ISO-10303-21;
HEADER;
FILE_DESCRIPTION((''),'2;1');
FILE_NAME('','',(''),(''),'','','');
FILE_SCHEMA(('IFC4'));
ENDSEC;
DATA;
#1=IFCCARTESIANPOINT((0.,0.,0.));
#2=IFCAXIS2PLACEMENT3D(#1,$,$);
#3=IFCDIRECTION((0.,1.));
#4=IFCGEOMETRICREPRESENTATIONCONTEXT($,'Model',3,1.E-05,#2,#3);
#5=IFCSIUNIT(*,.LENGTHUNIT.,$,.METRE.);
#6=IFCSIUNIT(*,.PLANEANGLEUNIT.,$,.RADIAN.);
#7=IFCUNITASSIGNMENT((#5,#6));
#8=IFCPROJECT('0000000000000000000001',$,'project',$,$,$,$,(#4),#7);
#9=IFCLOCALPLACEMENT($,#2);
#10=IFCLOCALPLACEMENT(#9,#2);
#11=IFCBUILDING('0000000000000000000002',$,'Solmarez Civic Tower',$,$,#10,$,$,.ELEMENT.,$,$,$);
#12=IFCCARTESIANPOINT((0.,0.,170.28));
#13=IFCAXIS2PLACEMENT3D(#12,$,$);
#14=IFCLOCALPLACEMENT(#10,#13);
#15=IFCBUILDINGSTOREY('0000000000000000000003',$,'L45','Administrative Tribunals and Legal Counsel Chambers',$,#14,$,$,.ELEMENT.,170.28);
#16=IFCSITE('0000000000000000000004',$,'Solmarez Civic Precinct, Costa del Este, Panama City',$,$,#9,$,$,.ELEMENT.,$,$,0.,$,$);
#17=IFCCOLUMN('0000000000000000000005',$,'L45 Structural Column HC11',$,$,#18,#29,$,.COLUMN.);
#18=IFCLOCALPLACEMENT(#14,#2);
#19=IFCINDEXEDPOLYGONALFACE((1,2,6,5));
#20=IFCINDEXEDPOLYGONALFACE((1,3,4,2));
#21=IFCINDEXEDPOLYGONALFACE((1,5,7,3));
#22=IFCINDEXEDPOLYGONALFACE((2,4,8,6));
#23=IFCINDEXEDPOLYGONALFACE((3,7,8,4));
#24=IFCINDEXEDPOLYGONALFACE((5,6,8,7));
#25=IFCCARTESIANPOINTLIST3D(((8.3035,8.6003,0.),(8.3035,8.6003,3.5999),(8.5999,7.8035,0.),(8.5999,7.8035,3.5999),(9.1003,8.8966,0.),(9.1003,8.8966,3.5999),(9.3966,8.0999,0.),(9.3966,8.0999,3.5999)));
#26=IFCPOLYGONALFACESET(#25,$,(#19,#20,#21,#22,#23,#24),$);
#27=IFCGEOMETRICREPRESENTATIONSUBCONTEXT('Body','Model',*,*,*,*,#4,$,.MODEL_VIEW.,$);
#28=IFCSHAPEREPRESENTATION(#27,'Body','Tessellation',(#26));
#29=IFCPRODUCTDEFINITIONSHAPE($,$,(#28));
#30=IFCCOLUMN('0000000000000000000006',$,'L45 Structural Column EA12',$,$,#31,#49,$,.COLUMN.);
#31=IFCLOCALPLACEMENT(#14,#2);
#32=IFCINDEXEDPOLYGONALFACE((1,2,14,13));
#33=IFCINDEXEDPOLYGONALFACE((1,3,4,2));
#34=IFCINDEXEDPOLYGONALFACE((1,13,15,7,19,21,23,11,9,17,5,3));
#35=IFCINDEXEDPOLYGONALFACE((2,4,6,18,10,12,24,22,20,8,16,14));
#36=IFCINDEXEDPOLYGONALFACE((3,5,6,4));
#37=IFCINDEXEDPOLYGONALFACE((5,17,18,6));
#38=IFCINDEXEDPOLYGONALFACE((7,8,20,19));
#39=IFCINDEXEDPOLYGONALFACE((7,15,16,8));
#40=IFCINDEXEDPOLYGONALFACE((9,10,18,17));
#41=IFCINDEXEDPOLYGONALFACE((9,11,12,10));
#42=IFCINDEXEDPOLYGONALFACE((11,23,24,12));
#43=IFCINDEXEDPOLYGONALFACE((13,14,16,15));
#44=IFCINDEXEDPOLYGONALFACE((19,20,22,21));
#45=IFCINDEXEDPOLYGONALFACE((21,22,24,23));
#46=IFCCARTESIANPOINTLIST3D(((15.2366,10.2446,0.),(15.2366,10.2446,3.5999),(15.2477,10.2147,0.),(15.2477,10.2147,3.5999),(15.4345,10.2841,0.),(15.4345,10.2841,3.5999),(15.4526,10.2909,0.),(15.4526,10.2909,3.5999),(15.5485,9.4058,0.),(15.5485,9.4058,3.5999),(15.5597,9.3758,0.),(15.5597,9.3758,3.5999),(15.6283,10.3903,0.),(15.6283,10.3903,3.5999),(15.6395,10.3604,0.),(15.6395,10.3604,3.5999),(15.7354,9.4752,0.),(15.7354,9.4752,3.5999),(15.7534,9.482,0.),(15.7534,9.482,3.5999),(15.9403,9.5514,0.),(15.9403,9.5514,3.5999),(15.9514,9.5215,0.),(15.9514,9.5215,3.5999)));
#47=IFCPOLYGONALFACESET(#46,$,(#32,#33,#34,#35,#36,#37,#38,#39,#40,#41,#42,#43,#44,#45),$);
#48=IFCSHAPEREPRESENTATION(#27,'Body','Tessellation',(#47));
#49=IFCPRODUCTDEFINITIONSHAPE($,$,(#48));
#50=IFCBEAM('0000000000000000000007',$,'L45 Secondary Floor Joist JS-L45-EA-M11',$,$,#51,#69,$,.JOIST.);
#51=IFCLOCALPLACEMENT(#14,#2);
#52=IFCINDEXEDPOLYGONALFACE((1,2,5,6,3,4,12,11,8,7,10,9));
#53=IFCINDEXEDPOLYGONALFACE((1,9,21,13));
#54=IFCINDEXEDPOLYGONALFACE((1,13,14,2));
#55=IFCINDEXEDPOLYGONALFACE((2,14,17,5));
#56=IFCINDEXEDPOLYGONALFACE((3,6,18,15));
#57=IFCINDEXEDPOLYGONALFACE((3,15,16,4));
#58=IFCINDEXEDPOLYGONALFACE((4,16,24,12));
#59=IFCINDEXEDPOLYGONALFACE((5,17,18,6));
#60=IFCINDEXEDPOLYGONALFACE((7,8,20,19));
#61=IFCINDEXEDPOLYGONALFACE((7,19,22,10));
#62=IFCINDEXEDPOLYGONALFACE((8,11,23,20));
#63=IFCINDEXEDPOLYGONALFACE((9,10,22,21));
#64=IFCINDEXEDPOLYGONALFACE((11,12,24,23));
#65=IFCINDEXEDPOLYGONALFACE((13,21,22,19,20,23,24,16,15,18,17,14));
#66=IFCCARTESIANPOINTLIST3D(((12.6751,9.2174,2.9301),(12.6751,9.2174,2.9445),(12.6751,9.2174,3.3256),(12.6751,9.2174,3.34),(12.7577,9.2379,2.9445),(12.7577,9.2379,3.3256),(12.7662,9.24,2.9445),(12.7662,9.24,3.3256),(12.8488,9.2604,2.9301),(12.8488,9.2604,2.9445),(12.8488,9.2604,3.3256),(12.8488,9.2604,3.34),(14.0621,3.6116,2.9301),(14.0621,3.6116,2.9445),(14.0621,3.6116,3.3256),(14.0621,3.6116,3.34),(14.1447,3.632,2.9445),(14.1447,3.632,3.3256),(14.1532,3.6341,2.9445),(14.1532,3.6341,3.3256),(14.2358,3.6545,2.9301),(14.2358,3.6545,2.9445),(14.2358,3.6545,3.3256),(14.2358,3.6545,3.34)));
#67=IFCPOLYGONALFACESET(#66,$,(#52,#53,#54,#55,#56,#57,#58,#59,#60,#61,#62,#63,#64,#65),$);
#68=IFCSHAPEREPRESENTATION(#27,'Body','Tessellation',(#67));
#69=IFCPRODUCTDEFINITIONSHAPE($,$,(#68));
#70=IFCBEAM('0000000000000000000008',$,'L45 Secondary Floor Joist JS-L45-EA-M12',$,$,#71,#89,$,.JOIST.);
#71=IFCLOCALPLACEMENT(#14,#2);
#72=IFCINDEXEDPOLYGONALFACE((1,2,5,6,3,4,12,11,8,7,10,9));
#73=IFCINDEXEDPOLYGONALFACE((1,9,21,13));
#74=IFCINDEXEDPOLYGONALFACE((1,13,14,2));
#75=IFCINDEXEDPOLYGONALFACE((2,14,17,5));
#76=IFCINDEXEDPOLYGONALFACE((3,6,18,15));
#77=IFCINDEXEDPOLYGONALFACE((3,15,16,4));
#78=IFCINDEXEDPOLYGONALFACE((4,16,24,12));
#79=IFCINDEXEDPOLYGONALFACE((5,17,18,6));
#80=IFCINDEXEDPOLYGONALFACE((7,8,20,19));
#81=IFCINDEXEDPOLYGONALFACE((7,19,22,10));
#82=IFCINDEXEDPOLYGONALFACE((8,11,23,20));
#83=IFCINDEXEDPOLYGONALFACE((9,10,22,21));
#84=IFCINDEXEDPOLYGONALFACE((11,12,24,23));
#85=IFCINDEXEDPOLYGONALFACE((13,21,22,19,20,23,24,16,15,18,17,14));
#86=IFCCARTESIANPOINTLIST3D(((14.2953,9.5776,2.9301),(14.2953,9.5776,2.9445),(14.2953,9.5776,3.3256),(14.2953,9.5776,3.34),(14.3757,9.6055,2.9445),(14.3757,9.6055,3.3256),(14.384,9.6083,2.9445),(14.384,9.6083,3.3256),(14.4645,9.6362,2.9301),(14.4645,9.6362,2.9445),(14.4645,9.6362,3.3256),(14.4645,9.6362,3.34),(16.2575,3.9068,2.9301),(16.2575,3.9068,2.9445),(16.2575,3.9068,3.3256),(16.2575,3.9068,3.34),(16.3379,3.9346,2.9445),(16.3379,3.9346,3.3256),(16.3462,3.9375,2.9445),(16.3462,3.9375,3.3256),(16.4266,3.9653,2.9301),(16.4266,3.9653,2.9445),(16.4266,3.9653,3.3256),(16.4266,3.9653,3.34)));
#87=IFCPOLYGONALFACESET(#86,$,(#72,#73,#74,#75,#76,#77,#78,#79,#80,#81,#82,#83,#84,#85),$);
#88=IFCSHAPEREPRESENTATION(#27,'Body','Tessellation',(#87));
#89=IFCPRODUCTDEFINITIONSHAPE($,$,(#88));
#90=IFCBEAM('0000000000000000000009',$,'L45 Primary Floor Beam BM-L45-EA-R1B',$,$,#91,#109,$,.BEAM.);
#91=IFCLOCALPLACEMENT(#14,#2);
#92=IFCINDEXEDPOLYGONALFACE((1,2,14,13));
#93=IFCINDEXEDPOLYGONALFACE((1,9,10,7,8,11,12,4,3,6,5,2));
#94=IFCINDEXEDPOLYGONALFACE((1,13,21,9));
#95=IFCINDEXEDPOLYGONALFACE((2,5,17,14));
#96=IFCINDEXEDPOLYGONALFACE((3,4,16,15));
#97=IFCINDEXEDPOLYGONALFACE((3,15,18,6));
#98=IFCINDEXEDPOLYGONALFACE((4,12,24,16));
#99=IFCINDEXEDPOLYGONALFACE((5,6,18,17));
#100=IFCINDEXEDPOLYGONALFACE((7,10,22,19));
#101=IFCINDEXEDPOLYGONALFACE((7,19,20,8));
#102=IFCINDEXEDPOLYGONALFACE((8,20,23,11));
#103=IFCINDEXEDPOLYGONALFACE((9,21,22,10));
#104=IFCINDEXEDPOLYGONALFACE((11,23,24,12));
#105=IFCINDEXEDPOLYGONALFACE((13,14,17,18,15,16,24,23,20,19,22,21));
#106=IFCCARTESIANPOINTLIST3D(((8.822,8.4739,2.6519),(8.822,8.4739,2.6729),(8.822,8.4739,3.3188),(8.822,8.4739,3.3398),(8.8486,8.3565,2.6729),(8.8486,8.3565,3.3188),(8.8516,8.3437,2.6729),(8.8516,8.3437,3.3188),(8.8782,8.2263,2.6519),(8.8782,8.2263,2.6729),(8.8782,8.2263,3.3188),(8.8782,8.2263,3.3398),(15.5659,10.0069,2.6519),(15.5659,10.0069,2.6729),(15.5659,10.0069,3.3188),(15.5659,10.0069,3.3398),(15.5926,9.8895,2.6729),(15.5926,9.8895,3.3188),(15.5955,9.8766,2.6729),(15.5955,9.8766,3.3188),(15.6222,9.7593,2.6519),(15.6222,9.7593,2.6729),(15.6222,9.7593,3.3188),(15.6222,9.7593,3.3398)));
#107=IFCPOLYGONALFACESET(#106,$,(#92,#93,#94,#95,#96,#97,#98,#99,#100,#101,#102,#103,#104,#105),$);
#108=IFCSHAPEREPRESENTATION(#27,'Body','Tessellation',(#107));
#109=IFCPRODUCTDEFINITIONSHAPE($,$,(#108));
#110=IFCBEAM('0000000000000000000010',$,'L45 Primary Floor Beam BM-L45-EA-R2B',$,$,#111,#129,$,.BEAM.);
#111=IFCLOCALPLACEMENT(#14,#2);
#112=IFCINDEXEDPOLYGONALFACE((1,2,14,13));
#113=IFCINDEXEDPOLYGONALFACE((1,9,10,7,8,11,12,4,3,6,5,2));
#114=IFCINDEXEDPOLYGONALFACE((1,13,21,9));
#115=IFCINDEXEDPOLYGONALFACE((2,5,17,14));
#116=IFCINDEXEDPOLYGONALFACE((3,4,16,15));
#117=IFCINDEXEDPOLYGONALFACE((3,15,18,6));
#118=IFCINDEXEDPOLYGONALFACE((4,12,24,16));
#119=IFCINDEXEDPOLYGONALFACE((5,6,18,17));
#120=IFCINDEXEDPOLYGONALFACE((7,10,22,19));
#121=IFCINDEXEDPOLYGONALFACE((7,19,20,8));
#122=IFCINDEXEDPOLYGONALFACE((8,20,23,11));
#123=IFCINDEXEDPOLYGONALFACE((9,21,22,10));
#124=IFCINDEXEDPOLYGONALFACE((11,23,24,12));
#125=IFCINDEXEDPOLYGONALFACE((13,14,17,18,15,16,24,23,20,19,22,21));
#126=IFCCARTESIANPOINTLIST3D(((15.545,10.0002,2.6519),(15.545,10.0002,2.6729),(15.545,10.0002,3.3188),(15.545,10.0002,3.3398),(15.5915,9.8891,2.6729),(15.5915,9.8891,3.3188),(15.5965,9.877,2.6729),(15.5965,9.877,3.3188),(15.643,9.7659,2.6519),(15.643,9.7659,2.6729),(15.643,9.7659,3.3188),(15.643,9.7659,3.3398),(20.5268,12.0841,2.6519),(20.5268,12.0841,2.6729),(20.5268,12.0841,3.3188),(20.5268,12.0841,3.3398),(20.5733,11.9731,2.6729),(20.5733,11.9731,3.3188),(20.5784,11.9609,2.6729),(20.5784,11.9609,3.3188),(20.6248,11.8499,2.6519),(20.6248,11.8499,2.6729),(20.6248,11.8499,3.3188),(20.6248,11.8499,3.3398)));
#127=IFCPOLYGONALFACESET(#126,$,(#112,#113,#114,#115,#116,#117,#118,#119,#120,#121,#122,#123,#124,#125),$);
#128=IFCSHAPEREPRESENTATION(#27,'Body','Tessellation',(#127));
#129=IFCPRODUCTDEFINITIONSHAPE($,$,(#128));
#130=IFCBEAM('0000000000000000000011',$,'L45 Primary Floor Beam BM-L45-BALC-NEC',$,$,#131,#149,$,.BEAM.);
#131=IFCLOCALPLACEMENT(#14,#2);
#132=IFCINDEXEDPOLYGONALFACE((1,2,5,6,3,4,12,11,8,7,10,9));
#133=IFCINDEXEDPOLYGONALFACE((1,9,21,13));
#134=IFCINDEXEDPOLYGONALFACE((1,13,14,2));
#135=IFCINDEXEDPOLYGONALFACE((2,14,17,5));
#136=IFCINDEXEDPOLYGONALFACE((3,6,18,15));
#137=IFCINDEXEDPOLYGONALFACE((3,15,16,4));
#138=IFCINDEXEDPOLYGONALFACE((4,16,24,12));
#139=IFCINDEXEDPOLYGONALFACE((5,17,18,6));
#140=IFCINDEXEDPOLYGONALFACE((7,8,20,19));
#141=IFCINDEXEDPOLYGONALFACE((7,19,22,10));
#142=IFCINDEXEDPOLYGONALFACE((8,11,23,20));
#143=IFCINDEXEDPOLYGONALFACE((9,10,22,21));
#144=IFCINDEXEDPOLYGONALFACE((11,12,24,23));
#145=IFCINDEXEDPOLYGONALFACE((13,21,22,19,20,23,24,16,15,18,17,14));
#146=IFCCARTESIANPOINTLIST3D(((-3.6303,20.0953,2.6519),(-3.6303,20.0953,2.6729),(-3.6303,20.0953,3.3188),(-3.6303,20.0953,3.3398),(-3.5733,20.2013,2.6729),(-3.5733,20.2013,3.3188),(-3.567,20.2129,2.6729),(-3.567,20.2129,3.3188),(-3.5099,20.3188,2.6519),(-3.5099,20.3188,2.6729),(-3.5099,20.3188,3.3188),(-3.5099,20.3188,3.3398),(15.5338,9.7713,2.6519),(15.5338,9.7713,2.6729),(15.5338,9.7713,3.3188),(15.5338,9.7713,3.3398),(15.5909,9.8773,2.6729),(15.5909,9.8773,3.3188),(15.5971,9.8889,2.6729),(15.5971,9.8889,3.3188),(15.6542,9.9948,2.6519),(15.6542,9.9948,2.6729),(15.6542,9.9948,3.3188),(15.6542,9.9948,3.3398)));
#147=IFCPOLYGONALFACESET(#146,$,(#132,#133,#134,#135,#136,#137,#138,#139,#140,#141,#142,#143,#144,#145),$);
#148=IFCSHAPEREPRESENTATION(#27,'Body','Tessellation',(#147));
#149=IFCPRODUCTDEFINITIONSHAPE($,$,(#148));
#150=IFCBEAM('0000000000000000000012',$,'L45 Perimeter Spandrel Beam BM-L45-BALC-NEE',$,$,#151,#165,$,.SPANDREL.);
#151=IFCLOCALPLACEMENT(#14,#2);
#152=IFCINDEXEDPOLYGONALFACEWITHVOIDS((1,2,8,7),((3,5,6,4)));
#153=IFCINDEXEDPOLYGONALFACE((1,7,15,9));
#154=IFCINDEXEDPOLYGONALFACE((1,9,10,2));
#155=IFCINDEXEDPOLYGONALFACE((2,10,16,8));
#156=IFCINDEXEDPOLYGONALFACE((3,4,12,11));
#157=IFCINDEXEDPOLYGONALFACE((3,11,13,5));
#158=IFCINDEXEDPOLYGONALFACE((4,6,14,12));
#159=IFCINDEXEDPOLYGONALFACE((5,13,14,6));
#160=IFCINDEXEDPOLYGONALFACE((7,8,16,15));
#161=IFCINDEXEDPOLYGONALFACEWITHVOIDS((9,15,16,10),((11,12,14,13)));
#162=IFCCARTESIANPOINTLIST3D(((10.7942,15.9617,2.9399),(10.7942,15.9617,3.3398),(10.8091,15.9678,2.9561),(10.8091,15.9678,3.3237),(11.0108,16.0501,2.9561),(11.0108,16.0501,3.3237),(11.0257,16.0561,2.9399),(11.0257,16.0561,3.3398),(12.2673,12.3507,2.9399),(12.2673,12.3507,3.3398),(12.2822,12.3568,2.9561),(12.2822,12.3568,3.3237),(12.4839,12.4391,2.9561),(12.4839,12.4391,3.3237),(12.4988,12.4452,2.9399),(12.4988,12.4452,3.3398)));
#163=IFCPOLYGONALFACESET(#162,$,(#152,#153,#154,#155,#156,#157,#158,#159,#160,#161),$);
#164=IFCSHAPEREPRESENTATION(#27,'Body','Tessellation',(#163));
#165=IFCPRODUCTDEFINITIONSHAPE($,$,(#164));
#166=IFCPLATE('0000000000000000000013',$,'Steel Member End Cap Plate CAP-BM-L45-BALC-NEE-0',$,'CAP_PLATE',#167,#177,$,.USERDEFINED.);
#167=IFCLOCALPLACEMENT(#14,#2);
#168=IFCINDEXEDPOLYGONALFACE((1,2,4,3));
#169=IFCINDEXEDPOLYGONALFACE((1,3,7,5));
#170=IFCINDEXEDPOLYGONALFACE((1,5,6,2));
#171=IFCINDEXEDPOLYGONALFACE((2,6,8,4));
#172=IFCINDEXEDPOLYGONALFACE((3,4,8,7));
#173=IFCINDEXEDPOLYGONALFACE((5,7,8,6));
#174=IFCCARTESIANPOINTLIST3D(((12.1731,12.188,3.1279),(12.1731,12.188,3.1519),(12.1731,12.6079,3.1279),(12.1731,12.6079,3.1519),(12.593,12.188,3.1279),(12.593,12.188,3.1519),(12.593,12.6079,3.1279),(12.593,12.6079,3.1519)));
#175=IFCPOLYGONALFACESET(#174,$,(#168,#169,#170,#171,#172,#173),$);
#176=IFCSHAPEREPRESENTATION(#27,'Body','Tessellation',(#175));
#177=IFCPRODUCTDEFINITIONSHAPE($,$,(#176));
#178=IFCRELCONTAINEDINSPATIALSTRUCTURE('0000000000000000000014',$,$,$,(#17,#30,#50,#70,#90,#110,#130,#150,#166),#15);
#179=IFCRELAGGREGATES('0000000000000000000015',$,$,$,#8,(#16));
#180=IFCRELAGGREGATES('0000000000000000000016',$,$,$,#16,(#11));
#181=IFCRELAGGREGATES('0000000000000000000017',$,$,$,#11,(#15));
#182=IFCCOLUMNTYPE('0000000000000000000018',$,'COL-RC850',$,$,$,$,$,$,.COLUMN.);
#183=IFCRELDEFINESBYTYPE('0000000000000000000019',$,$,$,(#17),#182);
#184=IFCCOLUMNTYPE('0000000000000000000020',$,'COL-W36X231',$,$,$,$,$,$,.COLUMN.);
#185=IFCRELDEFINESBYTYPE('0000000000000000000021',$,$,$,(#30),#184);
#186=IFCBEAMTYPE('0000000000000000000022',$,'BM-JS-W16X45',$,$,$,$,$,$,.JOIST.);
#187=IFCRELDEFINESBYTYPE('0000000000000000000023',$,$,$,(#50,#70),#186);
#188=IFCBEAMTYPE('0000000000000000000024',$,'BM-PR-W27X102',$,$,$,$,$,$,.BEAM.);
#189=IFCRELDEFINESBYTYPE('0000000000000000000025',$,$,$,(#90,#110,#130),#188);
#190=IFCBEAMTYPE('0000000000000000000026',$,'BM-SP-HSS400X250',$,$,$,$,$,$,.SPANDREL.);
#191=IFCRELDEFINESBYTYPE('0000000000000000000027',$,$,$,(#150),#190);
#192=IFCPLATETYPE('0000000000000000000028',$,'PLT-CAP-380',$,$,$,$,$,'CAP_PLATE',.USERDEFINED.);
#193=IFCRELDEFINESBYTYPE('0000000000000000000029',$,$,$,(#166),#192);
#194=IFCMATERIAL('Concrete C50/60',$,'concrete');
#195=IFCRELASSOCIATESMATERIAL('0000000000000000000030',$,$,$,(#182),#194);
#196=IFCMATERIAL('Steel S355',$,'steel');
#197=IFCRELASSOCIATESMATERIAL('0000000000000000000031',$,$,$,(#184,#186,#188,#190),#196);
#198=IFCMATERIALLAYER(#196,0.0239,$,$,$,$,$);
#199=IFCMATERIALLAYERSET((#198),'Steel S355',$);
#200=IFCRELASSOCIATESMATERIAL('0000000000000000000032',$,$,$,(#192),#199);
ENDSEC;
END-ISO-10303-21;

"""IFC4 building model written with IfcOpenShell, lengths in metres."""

from ifc_helpers import new_model, si_unit, direction, frame, origin, origin_2d, place, context, subcontext, project, spatial, rectangle, hollow_rectangle, i_section, extrude, material, layer, layer_set, material_profile, profile_set, type_object, element, save


model = new_model("IFC4")

# Units and contexts
model_context = context("Model", 3, precision=1e-05, world=origin(), true_north=direction((0.0, 1.0)))
body_context = subcontext(model_context, "Body", "Model", "MODEL_VIEW")
ifc_project = project(units=[si_unit("LENGTHUNIT", "METRE"), si_unit("PLANEANGLEUNIT", "RADIAN")], contexts=[model_context])

# Site, building, storey
site_placement = place(None, origin())
site = spatial("IfcSite", under=ifc_project, at=site_placement, Name="Solmarez Civic Precinct, Costa del Este, Panama City", CompositionType="ELEMENT", RefElevation=0.0)
building_placement = place(site_placement, origin())
building = spatial("IfcBuilding", under=site, at=building_placement, Name="Solmarez Civic Tower", CompositionType="ELEMENT")
storey_placement = place(building_placement, frame((0.0, 0.0, 170.28)))
storey = spatial("IfcBuildingStorey", under=building, at=storey_placement, Name="L45", Description="Administrative Tribunals and Legal Counsel Chambers", CompositionType="ELEMENT", Elevation=170.28)

# Columns
ifc_material_1 = material(Name="Concrete C50/60", Category="concrete")
ifc_material_profile_1 = material_profile(ifc_material_1, rectangle(XDim=0.8501, YDim=0.8501, at=origin_2d()), Name="RC850X850")
ifc_profile_set_1 = profile_set([ifc_material_profile_1], Name="Concrete C50/60")
column_type_1 = type_object("IfcColumnType", Name="COL-RC850", PredefinedType="COLUMN", material=ifc_profile_set_1)
column_1_placement = place(storey_placement, frame((8.8501, 8.3501, 0.0), z_axis=(0.0, 0.0, 1.0), x_axis=(0.937282, 0.348572, 0.0)))
element("IfcColumn", 1, at=column_1_placement, inside=storey, type_object=column_type_1, Name="L45 Structural Column HC11", PredefinedType="COLUMN", context=body_context, shape_type="SweptSolid", body=[
    extrude(rectangle(XDim=0.8501, YDim=0.8501, at=origin_2d()), origin(), (0.0, 0.0, 1.0), 3.5999),
])
ifc_material_2 = material(Name="Steel S355", Category="steel")
ifc_material_profile_2 = material_profile(ifc_material_2, i_section(OverallWidth=0.418, OverallDepth=0.927, WebThickness=0.0193, FlangeThickness=0.032, at=origin_2d()), Name="W36X231")
ifc_profile_set_2 = profile_set([ifc_material_profile_2], Name="Steel S355")
column_type_2 = type_object("IfcColumnType", Name="COL-W36X231", PredefinedType="COLUMN", material=ifc_profile_set_2)
column_2_placement = place(storey_placement, frame((15.594, 9.8831, 0.0), z_axis=(0.0, 0.0, 1.0), x_axis=(0.937282, 0.348572, 0.0)))
element("IfcColumn", 2, at=column_2_placement, inside=storey, type_object=column_type_2, Name="L45 Structural Column EA12", PredefinedType="COLUMN", context=body_context, shape_type="SweptSolid", body=[
    extrude(i_section(OverallWidth=0.418, OverallDepth=0.927, WebThickness=0.0193, FlangeThickness=0.032, at=origin_2d()), origin(), (0.0, 0.0, 1.0), 3.5999),
])

# Beams
ifc_material_profile_3 = material_profile(ifc_material_2, i_section(OverallWidth=0.179, OverallDepth=0.4099, WebThickness=0.0088, FlangeThickness=0.0144, at=origin_2d()), Name="W16X45")
ifc_profile_set_3 = profile_set([ifc_material_profile_3], Name="Steel S355")
beam_type_1 = type_object("IfcBeamType", Name="BM-JS-W16X45", PredefinedType="JOIST", material=ifc_profile_set_3)
beam_1_placement = place(storey_placement, frame((14.1489, 3.6331, 3.135), z_axis=(-0.240167, 0.970731, 0.0), x_axis=(-0.970731, -0.240167, 0.0)))
element("IfcBeam", 3, at=beam_1_placement, inside=storey, type_object=beam_type_1, Name="L45 Secondary Floor Joist JS-L45-EA-M11", PredefinedType="JOIST", context=body_context, shape_type="SweptSolid", body=[
    extrude(i_section(OverallWidth=0.179, OverallDepth=0.4099, WebThickness=0.0088, FlangeThickness=0.0144, at=origin_2d()), origin(), (0.0, 0.0, 1.0), 5.7749),
])
beam_2_placement = place(storey_placement, frame((16.342, 3.936, 3.135), z_axis=(-0.326985, 0.94503, 0.0), x_axis=(-0.94503, -0.326985, 0.0)))
element("IfcBeam", 4, at=beam_2_placement, inside=storey, type_object=beam_type_1, Name="L45 Secondary Floor Joist JS-L45-EA-M12", PredefinedType="JOIST", context=body_context, shape_type="SweptSolid", body=[
    extrude(i_section(OverallWidth=0.179, OverallDepth=0.4099, WebThickness=0.0088, FlangeThickness=0.0144, at=origin_2d()), origin(), (0.0, 0.0, 1.0), 6.0007),
])
ifc_material_profile_4 = material_profile(ifc_material_2, i_section(OverallWidth=0.2539, OverallDepth=0.688, WebThickness=0.0132, FlangeThickness=0.021, at=origin_2d()), Name="W27X102")
ifc_profile_set_4 = profile_set([ifc_material_profile_4], Name="Steel S355")
beam_type_2 = type_object("IfcBeamType", Name="BM-PR-W27X102", PredefinedType="BEAM", material=ifc_profile_set_4)
beam_3_placement = place(storey_placement, frame((8.8501, 8.3501, 2.9958), z_axis=(0.975125, 0.221656, 0.0), x_axis=(-0.221656, 0.975125, 0.0)))
element("IfcBeam", 5, at=beam_3_placement, inside=storey, type_object=beam_type_2, Name="L45 Primary Floor Beam BM-L45-EA-R1B", PredefinedType="BEAM", context=body_context, shape_type="SweptSolid", body=[
    extrude(i_section(OverallWidth=0.2539, OverallDepth=0.688, WebThickness=0.0132, FlangeThickness=0.021, at=origin_2d()), origin(), (0.0, 0.0, 1.0), 6.916),
])
beam_4_placement = place(storey_placement, frame((15.594, 9.8831, 2.9958), z_axis=(0.922538, 0.385905, 0.0), x_axis=(-0.385905, 0.922538, 0.0)))
element("IfcBeam", 6, at=beam_4_placement, inside=storey, type_object=beam_type_2, Name="L45 Primary Floor Beam BM-L45-EA-R2B", PredefinedType="BEAM", context=body_context, shape_type="SweptSolid", body=[
    extrude(i_section(OverallWidth=0.2539, OverallDepth=0.688, WebThickness=0.0132, FlangeThickness=0.021, at=origin_2d()), origin(), (0.0, 0.0, 1.0), 5.4001),
])
beam_5_placement = place(storey_placement, frame((15.594, 9.8831, 2.9958), z_axis=(-0.880378, 0.474273, 0.0), x_axis=(-0.474273, -0.880378, 0.0)))
element("IfcBeam", 7, at=beam_5_placement, inside=storey, type_object=beam_type_2, Name="L45 Primary Floor Beam BM-L45-BALC-NEC", PredefinedType="BEAM", context=body_context, shape_type="SweptSolid", body=[
    extrude(i_section(OverallWidth=0.2539, OverallDepth=0.688, WebThickness=0.0132, FlangeThickness=0.021, at=origin_2d()), origin(), (0.0, 0.0, 1.0), 21.7681),
])
ifc_material_profile_5 = material_profile(ifc_material_2, hollow_rectangle(XDim=0.25, YDim=0.3999, WallThickness=0.0161, at=origin_2d()), Name="HSS400X250X16")
ifc_profile_set_5 = profile_set([ifc_material_profile_5], Name="Steel S355")
beam_type_3 = type_object("IfcBeamType", Name="BM-SP-HSS400X250", PredefinedType="SPANDREL", material=ifc_profile_set_5)
beam_6_placement = place(storey_placement, frame((12.3831, 12.3979, 3.1399), z_axis=(-0.377728, 0.925916, 0.0), x_axis=(-0.925916, -0.377728, 0.0)))
element("IfcBeam", 8, at=beam_6_placement, inside=storey, type_object=beam_type_3, Name="L45 Perimeter Spandrel Beam BM-L45-BALC-NEE", PredefinedType="SPANDREL", context=body_context, shape_type="SweptSolid", body=[
    extrude(hollow_rectangle(XDim=0.25, YDim=0.3999, WallThickness=0.0161, at=origin_2d()), origin(), (0.0, 0.0, 1.0), 3.8999),
])

# Plate
ifc_layer_1 = layer(ifc_material_2, 0.0239)
ifc_layer_set_1 = layer_set([ifc_layer_1], Name="Steel S355")
plate_type = type_object("IfcPlateType", Name="PLT-CAP-380", ElementType="CAP_PLATE", PredefinedType="USERDEFINED", material=ifc_layer_set_1)
for number, where, z_axis, x_axis, name in (
    (9, (12.3831, 12.3979, 3.1279), (0.0, 0.0, 1.0), (1.0, 0.0, 0.0), "Steel Member End Cap Plate CAP-BM-L45-BALC-NEE-0"),
):
    element("IfcPlate", number, at=place(storey_placement, frame(where, z_axis=z_axis, x_axis=x_axis)), inside=storey, type_object=plate_type, Name=name, ObjectType="CAP_PLATE", PredefinedType="USERDEFINED", context=body_context, shape_type="SweptSolid", body=[
        extrude(rectangle(XDim=0.4199, YDim=0.4199, at=origin_2d()), origin(), (0.0, 0.0, 1.0), 0.0239),
    ])

save(model, "model.ifc")
